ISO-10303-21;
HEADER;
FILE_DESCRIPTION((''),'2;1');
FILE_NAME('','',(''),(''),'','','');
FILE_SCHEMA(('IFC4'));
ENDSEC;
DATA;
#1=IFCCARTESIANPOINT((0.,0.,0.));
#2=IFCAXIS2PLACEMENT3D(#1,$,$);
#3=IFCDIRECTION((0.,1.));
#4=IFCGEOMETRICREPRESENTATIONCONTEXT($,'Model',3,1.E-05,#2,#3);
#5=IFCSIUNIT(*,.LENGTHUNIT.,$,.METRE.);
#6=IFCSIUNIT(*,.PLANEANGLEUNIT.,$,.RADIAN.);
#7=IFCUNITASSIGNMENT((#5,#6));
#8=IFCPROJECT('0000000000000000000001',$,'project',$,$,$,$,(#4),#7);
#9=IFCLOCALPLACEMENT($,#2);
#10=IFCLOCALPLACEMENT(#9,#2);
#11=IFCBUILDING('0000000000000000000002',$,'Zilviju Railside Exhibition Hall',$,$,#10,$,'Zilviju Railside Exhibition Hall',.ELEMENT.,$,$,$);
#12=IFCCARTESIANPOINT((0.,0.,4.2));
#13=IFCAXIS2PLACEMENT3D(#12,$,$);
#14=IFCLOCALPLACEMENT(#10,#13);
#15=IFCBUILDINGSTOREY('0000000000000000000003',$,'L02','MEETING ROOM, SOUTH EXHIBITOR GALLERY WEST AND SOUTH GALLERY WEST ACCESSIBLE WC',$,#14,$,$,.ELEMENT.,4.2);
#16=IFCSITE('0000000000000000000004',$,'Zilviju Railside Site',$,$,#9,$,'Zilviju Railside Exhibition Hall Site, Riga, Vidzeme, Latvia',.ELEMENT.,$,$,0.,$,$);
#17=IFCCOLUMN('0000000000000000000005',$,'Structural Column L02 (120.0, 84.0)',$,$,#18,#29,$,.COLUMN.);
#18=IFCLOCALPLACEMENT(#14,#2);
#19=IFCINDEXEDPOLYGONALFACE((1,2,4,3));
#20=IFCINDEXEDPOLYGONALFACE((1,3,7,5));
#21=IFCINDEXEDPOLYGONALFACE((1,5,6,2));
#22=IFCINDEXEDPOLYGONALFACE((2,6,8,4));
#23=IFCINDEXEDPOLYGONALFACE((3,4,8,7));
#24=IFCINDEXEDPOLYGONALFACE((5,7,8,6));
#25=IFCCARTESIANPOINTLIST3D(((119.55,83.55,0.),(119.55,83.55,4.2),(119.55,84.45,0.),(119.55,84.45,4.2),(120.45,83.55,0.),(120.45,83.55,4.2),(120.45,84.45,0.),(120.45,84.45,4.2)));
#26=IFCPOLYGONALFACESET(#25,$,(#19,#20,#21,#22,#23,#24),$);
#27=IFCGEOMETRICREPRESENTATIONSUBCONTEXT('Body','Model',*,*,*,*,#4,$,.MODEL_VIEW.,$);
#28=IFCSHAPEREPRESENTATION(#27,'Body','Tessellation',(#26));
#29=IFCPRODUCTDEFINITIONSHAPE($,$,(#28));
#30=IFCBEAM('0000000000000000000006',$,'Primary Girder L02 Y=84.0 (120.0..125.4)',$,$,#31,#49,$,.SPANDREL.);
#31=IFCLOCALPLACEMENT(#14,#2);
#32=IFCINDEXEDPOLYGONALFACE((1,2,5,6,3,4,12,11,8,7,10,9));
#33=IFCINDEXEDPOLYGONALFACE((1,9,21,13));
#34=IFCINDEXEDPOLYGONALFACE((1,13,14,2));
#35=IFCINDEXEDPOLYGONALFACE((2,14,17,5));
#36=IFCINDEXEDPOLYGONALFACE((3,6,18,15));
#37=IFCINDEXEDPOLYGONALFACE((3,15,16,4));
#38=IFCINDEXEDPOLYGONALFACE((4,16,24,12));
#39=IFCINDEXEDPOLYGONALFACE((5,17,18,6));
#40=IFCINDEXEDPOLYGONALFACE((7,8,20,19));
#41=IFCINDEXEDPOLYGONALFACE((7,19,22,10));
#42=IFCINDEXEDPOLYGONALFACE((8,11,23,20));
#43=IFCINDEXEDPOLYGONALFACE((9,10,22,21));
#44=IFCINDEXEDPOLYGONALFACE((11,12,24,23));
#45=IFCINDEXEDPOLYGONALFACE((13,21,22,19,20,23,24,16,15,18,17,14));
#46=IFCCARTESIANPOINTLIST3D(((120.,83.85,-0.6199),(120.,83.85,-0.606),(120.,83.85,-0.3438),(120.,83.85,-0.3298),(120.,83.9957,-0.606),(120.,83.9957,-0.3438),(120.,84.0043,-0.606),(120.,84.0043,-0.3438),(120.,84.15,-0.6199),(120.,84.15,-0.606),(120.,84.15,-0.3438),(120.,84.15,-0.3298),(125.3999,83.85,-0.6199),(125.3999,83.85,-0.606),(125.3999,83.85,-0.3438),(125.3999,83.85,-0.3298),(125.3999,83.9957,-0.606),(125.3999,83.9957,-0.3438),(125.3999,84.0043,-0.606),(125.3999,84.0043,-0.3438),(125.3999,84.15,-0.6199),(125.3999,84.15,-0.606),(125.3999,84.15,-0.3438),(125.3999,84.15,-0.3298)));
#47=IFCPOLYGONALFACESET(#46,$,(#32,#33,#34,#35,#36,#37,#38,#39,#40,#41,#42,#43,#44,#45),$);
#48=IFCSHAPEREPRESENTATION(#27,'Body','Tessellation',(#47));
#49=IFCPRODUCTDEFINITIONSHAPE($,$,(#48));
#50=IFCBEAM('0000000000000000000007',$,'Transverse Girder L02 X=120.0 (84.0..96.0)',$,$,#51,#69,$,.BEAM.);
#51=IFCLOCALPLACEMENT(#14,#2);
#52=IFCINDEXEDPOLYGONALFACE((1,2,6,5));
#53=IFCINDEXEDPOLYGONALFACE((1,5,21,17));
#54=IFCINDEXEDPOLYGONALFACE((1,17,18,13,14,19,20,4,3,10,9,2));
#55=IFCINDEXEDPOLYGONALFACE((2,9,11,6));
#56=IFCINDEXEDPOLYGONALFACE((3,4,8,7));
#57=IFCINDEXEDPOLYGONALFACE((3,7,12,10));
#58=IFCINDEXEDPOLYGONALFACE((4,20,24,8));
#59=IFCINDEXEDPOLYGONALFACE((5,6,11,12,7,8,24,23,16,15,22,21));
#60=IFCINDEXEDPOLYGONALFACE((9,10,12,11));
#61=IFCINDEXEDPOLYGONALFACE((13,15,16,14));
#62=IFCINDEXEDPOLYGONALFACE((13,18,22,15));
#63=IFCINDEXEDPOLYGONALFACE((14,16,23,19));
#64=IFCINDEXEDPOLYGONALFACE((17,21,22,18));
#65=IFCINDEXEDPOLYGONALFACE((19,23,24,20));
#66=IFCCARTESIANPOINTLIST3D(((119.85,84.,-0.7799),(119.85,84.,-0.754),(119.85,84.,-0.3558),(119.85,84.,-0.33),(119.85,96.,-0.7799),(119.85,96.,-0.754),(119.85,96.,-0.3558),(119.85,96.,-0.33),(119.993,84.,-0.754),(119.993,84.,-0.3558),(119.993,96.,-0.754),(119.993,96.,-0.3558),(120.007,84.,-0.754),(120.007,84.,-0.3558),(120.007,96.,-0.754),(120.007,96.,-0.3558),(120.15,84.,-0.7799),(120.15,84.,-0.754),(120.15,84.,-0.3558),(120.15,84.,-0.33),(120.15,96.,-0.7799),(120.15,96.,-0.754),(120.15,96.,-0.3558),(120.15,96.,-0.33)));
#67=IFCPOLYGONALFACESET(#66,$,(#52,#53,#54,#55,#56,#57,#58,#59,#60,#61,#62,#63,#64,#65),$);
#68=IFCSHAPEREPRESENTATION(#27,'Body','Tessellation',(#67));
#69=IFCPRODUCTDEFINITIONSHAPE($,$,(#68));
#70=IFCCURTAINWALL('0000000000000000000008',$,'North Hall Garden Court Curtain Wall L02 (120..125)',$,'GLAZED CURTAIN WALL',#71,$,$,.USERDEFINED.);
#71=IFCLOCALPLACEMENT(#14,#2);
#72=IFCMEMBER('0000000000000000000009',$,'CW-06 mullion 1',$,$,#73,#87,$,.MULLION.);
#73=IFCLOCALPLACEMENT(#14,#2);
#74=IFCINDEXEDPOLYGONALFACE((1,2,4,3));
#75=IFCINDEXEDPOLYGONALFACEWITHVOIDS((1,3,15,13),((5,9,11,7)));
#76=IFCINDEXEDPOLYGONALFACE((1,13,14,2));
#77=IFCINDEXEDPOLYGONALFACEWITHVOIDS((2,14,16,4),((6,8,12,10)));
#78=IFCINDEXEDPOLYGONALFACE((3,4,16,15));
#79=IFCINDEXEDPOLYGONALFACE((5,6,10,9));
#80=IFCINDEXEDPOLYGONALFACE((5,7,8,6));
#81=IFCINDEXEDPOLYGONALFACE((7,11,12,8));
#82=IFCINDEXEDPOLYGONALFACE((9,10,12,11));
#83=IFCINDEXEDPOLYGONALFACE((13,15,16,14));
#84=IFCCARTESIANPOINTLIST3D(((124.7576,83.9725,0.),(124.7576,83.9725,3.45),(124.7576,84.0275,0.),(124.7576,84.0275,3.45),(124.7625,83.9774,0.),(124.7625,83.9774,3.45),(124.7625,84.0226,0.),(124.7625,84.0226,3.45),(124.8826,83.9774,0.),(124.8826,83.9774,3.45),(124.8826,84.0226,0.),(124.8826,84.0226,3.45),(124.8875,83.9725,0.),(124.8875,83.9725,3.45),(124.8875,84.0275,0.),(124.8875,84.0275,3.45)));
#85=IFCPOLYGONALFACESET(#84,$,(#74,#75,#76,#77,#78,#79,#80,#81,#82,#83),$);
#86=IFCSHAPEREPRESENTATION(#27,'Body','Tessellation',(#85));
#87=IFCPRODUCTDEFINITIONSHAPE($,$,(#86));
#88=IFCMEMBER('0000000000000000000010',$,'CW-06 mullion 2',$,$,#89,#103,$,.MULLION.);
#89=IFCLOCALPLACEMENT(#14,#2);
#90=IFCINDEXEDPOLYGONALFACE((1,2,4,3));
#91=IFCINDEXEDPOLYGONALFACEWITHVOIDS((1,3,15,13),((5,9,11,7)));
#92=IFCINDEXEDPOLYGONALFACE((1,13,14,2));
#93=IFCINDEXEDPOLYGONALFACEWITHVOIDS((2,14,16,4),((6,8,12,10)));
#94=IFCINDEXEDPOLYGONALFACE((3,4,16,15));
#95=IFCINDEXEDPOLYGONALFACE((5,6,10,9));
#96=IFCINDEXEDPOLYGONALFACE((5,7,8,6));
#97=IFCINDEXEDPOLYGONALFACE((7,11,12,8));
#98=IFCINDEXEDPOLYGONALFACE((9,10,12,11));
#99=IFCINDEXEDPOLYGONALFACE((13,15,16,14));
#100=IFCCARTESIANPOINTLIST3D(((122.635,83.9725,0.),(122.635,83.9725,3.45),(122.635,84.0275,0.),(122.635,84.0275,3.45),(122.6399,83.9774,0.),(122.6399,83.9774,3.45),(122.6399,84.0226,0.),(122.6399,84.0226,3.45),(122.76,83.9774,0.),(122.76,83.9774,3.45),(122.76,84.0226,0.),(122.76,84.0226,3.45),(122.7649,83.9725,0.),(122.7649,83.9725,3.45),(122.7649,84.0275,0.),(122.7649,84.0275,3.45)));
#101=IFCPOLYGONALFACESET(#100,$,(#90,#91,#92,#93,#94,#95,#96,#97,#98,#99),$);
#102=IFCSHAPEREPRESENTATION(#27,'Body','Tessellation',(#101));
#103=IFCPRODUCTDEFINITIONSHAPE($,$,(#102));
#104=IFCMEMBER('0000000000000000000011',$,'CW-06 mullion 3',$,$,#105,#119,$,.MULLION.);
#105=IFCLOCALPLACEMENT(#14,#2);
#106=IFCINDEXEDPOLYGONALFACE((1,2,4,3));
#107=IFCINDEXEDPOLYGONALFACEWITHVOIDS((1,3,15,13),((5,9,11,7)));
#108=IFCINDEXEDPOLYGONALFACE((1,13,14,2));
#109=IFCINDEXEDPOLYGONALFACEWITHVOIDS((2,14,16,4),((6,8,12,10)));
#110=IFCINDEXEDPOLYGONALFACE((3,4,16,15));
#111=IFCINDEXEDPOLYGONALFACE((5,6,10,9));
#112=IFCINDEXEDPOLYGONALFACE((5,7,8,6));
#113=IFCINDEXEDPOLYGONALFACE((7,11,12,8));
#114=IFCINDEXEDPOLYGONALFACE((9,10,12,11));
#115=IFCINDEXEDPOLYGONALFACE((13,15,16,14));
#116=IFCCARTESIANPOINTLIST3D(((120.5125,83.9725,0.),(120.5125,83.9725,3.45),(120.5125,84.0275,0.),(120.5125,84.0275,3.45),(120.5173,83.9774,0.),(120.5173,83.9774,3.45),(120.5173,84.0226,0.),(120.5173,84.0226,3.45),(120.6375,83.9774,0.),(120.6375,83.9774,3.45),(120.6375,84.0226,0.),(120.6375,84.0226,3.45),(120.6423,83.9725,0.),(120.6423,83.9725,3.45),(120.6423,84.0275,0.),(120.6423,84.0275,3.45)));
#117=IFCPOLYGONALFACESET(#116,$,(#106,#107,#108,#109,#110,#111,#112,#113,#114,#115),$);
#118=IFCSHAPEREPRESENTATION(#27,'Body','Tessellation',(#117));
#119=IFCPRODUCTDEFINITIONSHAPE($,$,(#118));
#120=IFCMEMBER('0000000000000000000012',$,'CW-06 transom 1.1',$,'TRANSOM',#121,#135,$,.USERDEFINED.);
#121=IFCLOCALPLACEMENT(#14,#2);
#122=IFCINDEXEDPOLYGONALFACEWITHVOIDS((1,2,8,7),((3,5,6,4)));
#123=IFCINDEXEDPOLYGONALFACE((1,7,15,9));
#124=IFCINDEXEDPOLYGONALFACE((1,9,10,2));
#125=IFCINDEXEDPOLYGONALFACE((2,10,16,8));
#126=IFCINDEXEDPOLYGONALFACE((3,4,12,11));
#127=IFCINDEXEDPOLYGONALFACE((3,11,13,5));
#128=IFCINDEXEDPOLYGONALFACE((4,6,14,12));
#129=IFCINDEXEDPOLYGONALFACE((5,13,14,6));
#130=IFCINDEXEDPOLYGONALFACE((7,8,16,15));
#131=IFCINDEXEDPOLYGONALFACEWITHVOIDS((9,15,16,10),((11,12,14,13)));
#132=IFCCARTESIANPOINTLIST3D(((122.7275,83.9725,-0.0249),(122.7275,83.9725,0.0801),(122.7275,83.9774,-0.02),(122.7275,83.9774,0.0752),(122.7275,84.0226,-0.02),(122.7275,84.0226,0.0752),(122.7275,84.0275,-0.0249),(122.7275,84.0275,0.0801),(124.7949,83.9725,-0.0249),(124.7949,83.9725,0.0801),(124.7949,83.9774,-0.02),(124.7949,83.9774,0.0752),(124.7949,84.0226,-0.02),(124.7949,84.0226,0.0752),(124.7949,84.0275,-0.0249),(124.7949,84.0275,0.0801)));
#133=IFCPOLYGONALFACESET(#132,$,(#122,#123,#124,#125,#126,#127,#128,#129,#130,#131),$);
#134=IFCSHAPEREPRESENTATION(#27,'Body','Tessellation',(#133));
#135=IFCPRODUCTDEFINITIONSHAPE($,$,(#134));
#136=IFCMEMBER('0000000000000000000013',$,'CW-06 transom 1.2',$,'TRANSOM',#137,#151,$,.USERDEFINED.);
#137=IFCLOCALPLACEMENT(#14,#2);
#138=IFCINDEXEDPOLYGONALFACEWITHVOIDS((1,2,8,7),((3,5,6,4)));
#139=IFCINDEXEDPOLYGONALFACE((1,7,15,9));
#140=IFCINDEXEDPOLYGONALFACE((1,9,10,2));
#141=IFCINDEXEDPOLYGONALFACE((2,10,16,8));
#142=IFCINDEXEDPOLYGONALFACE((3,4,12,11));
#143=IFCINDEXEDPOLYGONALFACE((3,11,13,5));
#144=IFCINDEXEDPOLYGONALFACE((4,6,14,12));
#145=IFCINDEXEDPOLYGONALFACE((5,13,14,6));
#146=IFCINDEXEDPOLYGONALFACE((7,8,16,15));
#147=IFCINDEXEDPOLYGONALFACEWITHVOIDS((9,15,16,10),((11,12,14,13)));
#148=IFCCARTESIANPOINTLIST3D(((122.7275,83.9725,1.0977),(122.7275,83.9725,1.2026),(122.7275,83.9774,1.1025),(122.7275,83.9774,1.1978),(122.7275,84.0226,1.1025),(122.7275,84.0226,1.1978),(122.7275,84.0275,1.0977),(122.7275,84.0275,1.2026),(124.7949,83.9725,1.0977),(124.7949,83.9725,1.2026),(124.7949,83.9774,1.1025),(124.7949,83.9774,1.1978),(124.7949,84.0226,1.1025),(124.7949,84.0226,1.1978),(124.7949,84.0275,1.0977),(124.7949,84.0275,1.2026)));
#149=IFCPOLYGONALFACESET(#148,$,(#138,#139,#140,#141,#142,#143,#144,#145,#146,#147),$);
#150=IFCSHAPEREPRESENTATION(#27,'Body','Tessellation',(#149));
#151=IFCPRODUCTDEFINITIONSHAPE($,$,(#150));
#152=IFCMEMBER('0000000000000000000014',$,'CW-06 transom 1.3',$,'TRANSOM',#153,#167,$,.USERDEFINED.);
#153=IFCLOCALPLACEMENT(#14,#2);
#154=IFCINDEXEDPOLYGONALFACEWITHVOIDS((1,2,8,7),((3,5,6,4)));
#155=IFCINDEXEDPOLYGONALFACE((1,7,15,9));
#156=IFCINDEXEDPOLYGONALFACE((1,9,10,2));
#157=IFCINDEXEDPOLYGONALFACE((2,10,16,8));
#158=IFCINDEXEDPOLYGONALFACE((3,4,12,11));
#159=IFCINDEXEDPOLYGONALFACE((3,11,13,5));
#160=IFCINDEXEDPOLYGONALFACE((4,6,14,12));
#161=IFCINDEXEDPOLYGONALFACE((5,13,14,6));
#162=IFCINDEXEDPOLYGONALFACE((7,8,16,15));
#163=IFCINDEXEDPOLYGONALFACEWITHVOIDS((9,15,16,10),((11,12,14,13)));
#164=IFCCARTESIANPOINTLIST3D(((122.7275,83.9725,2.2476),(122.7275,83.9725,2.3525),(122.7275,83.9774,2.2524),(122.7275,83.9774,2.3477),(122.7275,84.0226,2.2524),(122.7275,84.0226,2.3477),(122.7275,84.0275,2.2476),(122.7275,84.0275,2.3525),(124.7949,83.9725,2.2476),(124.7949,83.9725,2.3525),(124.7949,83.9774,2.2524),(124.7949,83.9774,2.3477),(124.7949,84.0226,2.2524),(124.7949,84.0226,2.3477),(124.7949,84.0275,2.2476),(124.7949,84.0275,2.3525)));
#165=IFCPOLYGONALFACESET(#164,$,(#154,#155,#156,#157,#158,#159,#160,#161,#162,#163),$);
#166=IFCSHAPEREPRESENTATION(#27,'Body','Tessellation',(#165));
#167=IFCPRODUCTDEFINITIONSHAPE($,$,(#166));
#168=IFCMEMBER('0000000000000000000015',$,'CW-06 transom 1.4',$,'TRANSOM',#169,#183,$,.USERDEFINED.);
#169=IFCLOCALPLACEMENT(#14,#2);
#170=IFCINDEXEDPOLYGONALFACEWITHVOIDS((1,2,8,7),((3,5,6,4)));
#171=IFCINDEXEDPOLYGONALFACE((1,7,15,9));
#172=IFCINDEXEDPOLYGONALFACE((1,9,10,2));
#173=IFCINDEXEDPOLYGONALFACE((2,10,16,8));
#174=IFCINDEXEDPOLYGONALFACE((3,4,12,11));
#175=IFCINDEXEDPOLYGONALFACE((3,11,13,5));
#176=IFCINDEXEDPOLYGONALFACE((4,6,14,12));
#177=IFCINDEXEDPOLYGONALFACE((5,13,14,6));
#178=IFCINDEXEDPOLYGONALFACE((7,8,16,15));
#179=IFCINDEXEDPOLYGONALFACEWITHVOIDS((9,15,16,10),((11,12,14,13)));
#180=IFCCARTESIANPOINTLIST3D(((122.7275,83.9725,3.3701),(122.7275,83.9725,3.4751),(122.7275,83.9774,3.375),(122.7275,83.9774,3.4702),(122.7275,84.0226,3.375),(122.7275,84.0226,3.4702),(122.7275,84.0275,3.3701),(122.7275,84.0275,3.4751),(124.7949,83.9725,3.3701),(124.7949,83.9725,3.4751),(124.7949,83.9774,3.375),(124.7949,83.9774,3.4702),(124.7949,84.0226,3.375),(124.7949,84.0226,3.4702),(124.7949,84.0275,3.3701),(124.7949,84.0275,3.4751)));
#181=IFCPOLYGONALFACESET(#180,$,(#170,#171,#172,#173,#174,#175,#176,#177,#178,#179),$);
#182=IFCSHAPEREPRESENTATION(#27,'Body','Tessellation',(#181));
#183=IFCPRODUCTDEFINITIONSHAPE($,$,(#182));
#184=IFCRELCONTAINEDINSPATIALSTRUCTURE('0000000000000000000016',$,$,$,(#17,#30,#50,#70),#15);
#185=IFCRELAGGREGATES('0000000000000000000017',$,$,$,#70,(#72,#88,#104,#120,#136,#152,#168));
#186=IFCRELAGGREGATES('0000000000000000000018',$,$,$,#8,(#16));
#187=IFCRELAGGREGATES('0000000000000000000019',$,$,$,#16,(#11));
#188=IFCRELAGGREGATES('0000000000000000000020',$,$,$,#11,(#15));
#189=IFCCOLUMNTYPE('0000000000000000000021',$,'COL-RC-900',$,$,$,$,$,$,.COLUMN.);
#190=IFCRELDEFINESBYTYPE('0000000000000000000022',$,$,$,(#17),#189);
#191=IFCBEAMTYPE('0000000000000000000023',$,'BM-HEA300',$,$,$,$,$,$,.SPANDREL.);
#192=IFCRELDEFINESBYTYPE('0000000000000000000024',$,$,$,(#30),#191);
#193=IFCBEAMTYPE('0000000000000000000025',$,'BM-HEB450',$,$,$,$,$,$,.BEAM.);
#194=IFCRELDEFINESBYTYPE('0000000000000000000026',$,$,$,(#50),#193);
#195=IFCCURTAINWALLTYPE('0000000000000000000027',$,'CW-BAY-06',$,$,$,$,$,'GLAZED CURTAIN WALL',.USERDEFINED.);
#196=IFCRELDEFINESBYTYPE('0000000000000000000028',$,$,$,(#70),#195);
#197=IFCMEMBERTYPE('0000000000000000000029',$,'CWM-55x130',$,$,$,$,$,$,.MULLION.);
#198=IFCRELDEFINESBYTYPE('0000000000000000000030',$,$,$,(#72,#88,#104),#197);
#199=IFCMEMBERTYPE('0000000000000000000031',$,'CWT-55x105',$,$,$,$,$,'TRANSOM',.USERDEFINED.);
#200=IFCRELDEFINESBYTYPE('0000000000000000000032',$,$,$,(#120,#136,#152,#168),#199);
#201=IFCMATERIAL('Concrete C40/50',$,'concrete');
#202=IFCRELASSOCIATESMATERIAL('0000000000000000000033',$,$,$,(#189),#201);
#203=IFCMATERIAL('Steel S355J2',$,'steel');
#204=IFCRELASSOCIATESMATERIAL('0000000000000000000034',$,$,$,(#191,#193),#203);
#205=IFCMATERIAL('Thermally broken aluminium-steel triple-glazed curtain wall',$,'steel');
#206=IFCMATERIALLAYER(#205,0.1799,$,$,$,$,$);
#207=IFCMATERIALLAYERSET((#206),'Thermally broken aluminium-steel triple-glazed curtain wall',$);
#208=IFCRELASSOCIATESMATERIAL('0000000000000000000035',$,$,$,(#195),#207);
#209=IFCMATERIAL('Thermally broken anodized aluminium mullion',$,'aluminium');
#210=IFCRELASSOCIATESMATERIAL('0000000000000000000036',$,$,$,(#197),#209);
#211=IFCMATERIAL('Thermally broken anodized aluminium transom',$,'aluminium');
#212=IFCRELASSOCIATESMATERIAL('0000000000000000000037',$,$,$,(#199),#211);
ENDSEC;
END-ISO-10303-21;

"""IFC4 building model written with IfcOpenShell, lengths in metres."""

from ifc_helpers import new_model, si_unit, direction, frame, origin, origin_2d, place, context, subcontext, project, spatial, rectangle, hollow_rectangle, i_section, extrude, material, layer, layer_set, material_profile, profile_set, type_object, element, aggregate, save


model = new_model("IFC4")

# Units and contexts
model_context = context("Model", 3, precision=1e-05, world=origin(), true_north=direction((0.0, 1.0)))
body_context = subcontext(model_context, "Body", "Model", "MODEL_VIEW")
ifc_project = project(units=[si_unit("LENGTHUNIT", "METRE"), si_unit("PLANEANGLEUNIT", "RADIAN")], contexts=[model_context])

# Site, building, storey
site_placement = place(None, origin())
site = spatial("IfcSite", under=ifc_project, at=site_placement, Name="Zilviju Railside Site", LongName="Zilviju Railside Exhibition Hall Site, Riga, Vidzeme, Latvia", CompositionType="ELEMENT", RefElevation=0.0)
building_placement = place(site_placement, origin())
building = spatial("IfcBuilding", under=site, at=building_placement, Name="Zilviju Railside Exhibition Hall", LongName="Zilviju Railside Exhibition Hall", CompositionType="ELEMENT")
storey_placement = place(building_placement, frame((0.0, 0.0, 4.2)))
storey = spatial("IfcBuildingStorey", under=building, at=storey_placement, Name="L02", Description="MEETING ROOM, SOUTH EXHIBITOR GALLERY WEST AND SOUTH GALLERY WEST ACCESSIBLE WC", CompositionType="ELEMENT", Elevation=4.2)

# Column
ifc_material_1 = material(Name="Concrete C40/50", Category="concrete")
ifc_material_profile_1 = material_profile(ifc_material_1, rectangle(XDim=0.8999, YDim=0.8999, at=origin_2d()), Name="RC COL 900x900")
ifc_profile_set_1 = profile_set([ifc_material_profile_1], Name="Concrete C40/50")
column_type = type_object("IfcColumnType", Name="COL-RC-900", PredefinedType="COLUMN", material=ifc_profile_set_1)
column_placement = place(storey_placement, frame((120.0, 84.0, 0.0), z_axis=(0.0, 0.0, 1.0), x_axis=(1.0, 0.0, 0.0)))
element("IfcColumn", 1, at=column_placement, inside=storey, type_object=column_type, Name="Structural Column L02 (120.0, 84.0)", PredefinedType="COLUMN", context=body_context, shape_type="SweptSolid", body=[
    extrude(rectangle(XDim=0.8999, YDim=0.8999, at=origin_2d()), origin(), (0.0, 0.0, 1.0), 4.2),
])

# Beams
ifc_material_2 = material(Name="Steel S355J2", Category="steel")
ifc_material_profile_2 = material_profile(ifc_material_2, i_section(OverallWidth=0.3, OverallDepth=0.29, WebThickness=0.0085, FlangeThickness=0.0139, at=origin_2d()), Name="HEA 300")
ifc_profile_set_2 = profile_set([ifc_material_profile_2], Name="Steel S355J2")
beam_type_1 = type_object("IfcBeamType", Name="BM-HEA300", PredefinedType="SPANDREL", material=ifc_profile_set_2)
beam_1_placement = place(storey_placement, frame((120.0, 84.0, -0.4749), z_axis=(1.0, 0.0, 0.0), x_axis=(0.0, 1.0, 0.0)))
element("IfcBeam", 2, at=beam_1_placement, inside=storey, type_object=beam_type_1, Name="Primary Girder L02 Y=84.0 (120.0..125.4)", PredefinedType="SPANDREL", context=body_context, shape_type="SweptSolid", body=[
    extrude(i_section(OverallWidth=0.3, OverallDepth=0.29, WebThickness=0.0085, FlangeThickness=0.0139, at=origin_2d()), origin(), (0.0, 0.0, 1.0), 5.3999),
])
ifc_material_profile_3 = material_profile(ifc_material_2, i_section(OverallWidth=0.3, OverallDepth=0.45, WebThickness=0.0139, FlangeThickness=0.0259, at=origin_2d()), Name="HEB 450")
ifc_profile_set_3 = profile_set([ifc_material_profile_3], Name="Steel S355J2")
beam_type_2 = type_object("IfcBeamType", Name="BM-HEB450", PredefinedType="BEAM", material=ifc_profile_set_3)
beam_2_placement = place(storey_placement, frame((120.0, 84.0, -0.5549), z_axis=(0.0, 1.0, 0.0), x_axis=(-1.0, 0.0, 0.0)))
element("IfcBeam", 3, at=beam_2_placement, inside=storey, type_object=beam_type_2, Name="Transverse Girder L02 X=120.0 (84.0..96.0)", PredefinedType="BEAM", context=body_context, shape_type="SweptSolid", body=[
    extrude(i_section(OverallWidth=0.3, OverallDepth=0.45, WebThickness=0.0139, FlangeThickness=0.0259, at=origin_2d()), origin(), (0.0, 0.0, 1.0), 12.0),
])

# Curtain wall, members
ifc_material_3 = material(Name="Thermally broken aluminium-steel triple-glazed curtain wall", Category="steel")
ifc_layer_1 = layer(ifc_material_3, 0.1799)
ifc_layer_set_1 = layer_set([ifc_layer_1], Name="Thermally broken aluminium-steel triple-glazed curtain wall")
curtain_wall_type = type_object("IfcCurtainWallType", Name="CW-BAY-06", ElementType="GLAZED CURTAIN WALL", PredefinedType="USERDEFINED", material=ifc_layer_set_1)
curtain_wall_placement = place(storey_placement, origin())
curtain_wall = element("IfcCurtainWall", 4, at=curtain_wall_placement, inside=storey, type_object=curtain_wall_type, Name="North Hall Garden Court Curtain Wall L02 (120..125)", ObjectType="GLAZED CURTAIN WALL", PredefinedType="USERDEFINED")
ifc_material_4 = material(Name="Thermally broken anodized aluminium mullion", Category="aluminium")
ifc_material_profile_4 = material_profile(ifc_material_4, hollow_rectangle(XDim=0.0549, YDim=0.1299, WallThickness=0.0049, at=origin_2d()), Name="MULLION 130x55x5")
ifc_profile_set_4 = profile_set([ifc_material_profile_4], Name="Thermally broken anodized aluminium mullion")
member_type_1 = type_object("IfcMemberType", Name="CWM-55x130", PredefinedType="MULLION", material=ifc_profile_set_4)
member_1_placement = place(storey_placement, frame((124.8225, 84.0, 0.0), z_axis=(0.0, 0.0, 1.0), x_axis=(0.0, -1.0, 0.0)))
member_1 = element("IfcMember", 5, at=member_1_placement, type_object=member_type_1, Name="CW-06 mullion 1", PredefinedType="MULLION", context=body_context, shape_type="SweptSolid", body=[
    extrude(hollow_rectangle(XDim=0.0549, YDim=0.1299, WallThickness=0.0049, at=origin_2d()), origin(), (0.0, 0.0, 1.0), 3.45),
])
member_2_placement = place(storey_placement, frame((122.7, 84.0, 0.0), z_axis=(0.0, 0.0, 1.0), x_axis=(0.0, -1.0, 0.0)))
member_2 = element("IfcMember", 6, at=member_2_placement, type_object=member_type_1, Name="CW-06 mullion 2", PredefinedType="MULLION", context=body_context, shape_type="SweptSolid", body=[
    extrude(hollow_rectangle(XDim=0.0549, YDim=0.1299, WallThickness=0.0049, at=origin_2d()), origin(), (0.0, 0.0, 1.0), 3.45),
])
member_3_placement = place(storey_placement, frame((120.5774, 84.0, 0.0), z_axis=(0.0, 0.0, 1.0), x_axis=(0.0, -1.0, 0.0)))
member_3 = element("IfcMember", 7, at=member_3_placement, type_object=member_type_1, Name="CW-06 mullion 3", PredefinedType="MULLION", context=body_context, shape_type="SweptSolid", body=[
    extrude(hollow_rectangle(XDim=0.0549, YDim=0.1299, WallThickness=0.0049, at=origin_2d()), origin(), (0.0, 0.0, 1.0), 3.45),
])
ifc_material_5 = material(Name="Thermally broken anodized aluminium transom", Category="aluminium")
ifc_material_profile_5 = material_profile(ifc_material_5, hollow_rectangle(XDim=0.0549, YDim=0.105, WallThickness=0.0049, at=origin_2d()), Name="TRANSOM 105x55x5")
ifc_profile_set_5 = profile_set([ifc_material_profile_5], Name="Thermally broken anodized aluminium transom")
member_type_2 = type_object("IfcMemberType", Name="CWT-55x105", ElementType="TRANSOM", PredefinedType="USERDEFINED", material=ifc_profile_set_5)
member_4_placement = place(storey_placement, frame((124.7949, 84.0, 0.0276), z_axis=(-1.0, 0.0, 0.0), x_axis=(0.0, -1.0, 0.0)))
member_4 = element("IfcMember", 8, at=member_4_placement, type_object=member_type_2, Name="CW-06 transom 1.1", ObjectType="TRANSOM", PredefinedType="USERDEFINED", context=body_context, shape_type="SweptSolid", body=[
    extrude(hollow_rectangle(XDim=0.0549, YDim=0.105, WallThickness=0.0049, at=origin_2d()), origin(), (0.0, 0.0, 1.0), 2.0674),
])
member_5_placement = place(storey_placement, frame((124.7949, 84.0, 1.1501), z_axis=(-1.0, 0.0, 0.0), x_axis=(0.0, -1.0, 0.0)))
member_5 = element("IfcMember", 9, at=member_5_placement, type_object=member_type_2, Name="CW-06 transom 1.2", ObjectType="TRANSOM", PredefinedType="USERDEFINED", context=body_context, shape_type="SweptSolid", body=[
    extrude(hollow_rectangle(XDim=0.0549, YDim=0.105, WallThickness=0.0049, at=origin_2d()), origin(), (0.0, 0.0, 1.0), 2.0674),
])
member_6_placement = place(storey_placement, frame((124.7949, 84.0, 2.3), z_axis=(-1.0, 0.0, 0.0), x_axis=(0.0, -1.0, 0.0)))
member_6 = element("IfcMember", 10, at=member_6_placement, type_object=member_type_2, Name="CW-06 transom 1.3", ObjectType="TRANSOM", PredefinedType="USERDEFINED", context=body_context, shape_type="SweptSolid", body=[
    extrude(hollow_rectangle(XDim=0.0549, YDim=0.105, WallThickness=0.0049, at=origin_2d()), origin(), (0.0, 0.0, 1.0), 2.0674),
])
member_7_placement = place(storey_placement, frame((124.7949, 84.0, 3.4226), z_axis=(-1.0, 0.0, 0.0), x_axis=(0.0, -1.0, 0.0)))
member_7 = element("IfcMember", 11, at=member_7_placement, type_object=member_type_2, Name="CW-06 transom 1.4", ObjectType="TRANSOM", PredefinedType="USERDEFINED", context=body_context, shape_type="SweptSolid", body=[
    extrude(hollow_rectangle(XDim=0.0549, YDim=0.105, WallThickness=0.0049, at=origin_2d()), origin(), (0.0, 0.0, 1.0), 2.0674),
])
aggregate(curtain_wall, [member_1, member_2, member_3, member_4, member_5, member_6, member_7])

save(model, "model.ifc")
